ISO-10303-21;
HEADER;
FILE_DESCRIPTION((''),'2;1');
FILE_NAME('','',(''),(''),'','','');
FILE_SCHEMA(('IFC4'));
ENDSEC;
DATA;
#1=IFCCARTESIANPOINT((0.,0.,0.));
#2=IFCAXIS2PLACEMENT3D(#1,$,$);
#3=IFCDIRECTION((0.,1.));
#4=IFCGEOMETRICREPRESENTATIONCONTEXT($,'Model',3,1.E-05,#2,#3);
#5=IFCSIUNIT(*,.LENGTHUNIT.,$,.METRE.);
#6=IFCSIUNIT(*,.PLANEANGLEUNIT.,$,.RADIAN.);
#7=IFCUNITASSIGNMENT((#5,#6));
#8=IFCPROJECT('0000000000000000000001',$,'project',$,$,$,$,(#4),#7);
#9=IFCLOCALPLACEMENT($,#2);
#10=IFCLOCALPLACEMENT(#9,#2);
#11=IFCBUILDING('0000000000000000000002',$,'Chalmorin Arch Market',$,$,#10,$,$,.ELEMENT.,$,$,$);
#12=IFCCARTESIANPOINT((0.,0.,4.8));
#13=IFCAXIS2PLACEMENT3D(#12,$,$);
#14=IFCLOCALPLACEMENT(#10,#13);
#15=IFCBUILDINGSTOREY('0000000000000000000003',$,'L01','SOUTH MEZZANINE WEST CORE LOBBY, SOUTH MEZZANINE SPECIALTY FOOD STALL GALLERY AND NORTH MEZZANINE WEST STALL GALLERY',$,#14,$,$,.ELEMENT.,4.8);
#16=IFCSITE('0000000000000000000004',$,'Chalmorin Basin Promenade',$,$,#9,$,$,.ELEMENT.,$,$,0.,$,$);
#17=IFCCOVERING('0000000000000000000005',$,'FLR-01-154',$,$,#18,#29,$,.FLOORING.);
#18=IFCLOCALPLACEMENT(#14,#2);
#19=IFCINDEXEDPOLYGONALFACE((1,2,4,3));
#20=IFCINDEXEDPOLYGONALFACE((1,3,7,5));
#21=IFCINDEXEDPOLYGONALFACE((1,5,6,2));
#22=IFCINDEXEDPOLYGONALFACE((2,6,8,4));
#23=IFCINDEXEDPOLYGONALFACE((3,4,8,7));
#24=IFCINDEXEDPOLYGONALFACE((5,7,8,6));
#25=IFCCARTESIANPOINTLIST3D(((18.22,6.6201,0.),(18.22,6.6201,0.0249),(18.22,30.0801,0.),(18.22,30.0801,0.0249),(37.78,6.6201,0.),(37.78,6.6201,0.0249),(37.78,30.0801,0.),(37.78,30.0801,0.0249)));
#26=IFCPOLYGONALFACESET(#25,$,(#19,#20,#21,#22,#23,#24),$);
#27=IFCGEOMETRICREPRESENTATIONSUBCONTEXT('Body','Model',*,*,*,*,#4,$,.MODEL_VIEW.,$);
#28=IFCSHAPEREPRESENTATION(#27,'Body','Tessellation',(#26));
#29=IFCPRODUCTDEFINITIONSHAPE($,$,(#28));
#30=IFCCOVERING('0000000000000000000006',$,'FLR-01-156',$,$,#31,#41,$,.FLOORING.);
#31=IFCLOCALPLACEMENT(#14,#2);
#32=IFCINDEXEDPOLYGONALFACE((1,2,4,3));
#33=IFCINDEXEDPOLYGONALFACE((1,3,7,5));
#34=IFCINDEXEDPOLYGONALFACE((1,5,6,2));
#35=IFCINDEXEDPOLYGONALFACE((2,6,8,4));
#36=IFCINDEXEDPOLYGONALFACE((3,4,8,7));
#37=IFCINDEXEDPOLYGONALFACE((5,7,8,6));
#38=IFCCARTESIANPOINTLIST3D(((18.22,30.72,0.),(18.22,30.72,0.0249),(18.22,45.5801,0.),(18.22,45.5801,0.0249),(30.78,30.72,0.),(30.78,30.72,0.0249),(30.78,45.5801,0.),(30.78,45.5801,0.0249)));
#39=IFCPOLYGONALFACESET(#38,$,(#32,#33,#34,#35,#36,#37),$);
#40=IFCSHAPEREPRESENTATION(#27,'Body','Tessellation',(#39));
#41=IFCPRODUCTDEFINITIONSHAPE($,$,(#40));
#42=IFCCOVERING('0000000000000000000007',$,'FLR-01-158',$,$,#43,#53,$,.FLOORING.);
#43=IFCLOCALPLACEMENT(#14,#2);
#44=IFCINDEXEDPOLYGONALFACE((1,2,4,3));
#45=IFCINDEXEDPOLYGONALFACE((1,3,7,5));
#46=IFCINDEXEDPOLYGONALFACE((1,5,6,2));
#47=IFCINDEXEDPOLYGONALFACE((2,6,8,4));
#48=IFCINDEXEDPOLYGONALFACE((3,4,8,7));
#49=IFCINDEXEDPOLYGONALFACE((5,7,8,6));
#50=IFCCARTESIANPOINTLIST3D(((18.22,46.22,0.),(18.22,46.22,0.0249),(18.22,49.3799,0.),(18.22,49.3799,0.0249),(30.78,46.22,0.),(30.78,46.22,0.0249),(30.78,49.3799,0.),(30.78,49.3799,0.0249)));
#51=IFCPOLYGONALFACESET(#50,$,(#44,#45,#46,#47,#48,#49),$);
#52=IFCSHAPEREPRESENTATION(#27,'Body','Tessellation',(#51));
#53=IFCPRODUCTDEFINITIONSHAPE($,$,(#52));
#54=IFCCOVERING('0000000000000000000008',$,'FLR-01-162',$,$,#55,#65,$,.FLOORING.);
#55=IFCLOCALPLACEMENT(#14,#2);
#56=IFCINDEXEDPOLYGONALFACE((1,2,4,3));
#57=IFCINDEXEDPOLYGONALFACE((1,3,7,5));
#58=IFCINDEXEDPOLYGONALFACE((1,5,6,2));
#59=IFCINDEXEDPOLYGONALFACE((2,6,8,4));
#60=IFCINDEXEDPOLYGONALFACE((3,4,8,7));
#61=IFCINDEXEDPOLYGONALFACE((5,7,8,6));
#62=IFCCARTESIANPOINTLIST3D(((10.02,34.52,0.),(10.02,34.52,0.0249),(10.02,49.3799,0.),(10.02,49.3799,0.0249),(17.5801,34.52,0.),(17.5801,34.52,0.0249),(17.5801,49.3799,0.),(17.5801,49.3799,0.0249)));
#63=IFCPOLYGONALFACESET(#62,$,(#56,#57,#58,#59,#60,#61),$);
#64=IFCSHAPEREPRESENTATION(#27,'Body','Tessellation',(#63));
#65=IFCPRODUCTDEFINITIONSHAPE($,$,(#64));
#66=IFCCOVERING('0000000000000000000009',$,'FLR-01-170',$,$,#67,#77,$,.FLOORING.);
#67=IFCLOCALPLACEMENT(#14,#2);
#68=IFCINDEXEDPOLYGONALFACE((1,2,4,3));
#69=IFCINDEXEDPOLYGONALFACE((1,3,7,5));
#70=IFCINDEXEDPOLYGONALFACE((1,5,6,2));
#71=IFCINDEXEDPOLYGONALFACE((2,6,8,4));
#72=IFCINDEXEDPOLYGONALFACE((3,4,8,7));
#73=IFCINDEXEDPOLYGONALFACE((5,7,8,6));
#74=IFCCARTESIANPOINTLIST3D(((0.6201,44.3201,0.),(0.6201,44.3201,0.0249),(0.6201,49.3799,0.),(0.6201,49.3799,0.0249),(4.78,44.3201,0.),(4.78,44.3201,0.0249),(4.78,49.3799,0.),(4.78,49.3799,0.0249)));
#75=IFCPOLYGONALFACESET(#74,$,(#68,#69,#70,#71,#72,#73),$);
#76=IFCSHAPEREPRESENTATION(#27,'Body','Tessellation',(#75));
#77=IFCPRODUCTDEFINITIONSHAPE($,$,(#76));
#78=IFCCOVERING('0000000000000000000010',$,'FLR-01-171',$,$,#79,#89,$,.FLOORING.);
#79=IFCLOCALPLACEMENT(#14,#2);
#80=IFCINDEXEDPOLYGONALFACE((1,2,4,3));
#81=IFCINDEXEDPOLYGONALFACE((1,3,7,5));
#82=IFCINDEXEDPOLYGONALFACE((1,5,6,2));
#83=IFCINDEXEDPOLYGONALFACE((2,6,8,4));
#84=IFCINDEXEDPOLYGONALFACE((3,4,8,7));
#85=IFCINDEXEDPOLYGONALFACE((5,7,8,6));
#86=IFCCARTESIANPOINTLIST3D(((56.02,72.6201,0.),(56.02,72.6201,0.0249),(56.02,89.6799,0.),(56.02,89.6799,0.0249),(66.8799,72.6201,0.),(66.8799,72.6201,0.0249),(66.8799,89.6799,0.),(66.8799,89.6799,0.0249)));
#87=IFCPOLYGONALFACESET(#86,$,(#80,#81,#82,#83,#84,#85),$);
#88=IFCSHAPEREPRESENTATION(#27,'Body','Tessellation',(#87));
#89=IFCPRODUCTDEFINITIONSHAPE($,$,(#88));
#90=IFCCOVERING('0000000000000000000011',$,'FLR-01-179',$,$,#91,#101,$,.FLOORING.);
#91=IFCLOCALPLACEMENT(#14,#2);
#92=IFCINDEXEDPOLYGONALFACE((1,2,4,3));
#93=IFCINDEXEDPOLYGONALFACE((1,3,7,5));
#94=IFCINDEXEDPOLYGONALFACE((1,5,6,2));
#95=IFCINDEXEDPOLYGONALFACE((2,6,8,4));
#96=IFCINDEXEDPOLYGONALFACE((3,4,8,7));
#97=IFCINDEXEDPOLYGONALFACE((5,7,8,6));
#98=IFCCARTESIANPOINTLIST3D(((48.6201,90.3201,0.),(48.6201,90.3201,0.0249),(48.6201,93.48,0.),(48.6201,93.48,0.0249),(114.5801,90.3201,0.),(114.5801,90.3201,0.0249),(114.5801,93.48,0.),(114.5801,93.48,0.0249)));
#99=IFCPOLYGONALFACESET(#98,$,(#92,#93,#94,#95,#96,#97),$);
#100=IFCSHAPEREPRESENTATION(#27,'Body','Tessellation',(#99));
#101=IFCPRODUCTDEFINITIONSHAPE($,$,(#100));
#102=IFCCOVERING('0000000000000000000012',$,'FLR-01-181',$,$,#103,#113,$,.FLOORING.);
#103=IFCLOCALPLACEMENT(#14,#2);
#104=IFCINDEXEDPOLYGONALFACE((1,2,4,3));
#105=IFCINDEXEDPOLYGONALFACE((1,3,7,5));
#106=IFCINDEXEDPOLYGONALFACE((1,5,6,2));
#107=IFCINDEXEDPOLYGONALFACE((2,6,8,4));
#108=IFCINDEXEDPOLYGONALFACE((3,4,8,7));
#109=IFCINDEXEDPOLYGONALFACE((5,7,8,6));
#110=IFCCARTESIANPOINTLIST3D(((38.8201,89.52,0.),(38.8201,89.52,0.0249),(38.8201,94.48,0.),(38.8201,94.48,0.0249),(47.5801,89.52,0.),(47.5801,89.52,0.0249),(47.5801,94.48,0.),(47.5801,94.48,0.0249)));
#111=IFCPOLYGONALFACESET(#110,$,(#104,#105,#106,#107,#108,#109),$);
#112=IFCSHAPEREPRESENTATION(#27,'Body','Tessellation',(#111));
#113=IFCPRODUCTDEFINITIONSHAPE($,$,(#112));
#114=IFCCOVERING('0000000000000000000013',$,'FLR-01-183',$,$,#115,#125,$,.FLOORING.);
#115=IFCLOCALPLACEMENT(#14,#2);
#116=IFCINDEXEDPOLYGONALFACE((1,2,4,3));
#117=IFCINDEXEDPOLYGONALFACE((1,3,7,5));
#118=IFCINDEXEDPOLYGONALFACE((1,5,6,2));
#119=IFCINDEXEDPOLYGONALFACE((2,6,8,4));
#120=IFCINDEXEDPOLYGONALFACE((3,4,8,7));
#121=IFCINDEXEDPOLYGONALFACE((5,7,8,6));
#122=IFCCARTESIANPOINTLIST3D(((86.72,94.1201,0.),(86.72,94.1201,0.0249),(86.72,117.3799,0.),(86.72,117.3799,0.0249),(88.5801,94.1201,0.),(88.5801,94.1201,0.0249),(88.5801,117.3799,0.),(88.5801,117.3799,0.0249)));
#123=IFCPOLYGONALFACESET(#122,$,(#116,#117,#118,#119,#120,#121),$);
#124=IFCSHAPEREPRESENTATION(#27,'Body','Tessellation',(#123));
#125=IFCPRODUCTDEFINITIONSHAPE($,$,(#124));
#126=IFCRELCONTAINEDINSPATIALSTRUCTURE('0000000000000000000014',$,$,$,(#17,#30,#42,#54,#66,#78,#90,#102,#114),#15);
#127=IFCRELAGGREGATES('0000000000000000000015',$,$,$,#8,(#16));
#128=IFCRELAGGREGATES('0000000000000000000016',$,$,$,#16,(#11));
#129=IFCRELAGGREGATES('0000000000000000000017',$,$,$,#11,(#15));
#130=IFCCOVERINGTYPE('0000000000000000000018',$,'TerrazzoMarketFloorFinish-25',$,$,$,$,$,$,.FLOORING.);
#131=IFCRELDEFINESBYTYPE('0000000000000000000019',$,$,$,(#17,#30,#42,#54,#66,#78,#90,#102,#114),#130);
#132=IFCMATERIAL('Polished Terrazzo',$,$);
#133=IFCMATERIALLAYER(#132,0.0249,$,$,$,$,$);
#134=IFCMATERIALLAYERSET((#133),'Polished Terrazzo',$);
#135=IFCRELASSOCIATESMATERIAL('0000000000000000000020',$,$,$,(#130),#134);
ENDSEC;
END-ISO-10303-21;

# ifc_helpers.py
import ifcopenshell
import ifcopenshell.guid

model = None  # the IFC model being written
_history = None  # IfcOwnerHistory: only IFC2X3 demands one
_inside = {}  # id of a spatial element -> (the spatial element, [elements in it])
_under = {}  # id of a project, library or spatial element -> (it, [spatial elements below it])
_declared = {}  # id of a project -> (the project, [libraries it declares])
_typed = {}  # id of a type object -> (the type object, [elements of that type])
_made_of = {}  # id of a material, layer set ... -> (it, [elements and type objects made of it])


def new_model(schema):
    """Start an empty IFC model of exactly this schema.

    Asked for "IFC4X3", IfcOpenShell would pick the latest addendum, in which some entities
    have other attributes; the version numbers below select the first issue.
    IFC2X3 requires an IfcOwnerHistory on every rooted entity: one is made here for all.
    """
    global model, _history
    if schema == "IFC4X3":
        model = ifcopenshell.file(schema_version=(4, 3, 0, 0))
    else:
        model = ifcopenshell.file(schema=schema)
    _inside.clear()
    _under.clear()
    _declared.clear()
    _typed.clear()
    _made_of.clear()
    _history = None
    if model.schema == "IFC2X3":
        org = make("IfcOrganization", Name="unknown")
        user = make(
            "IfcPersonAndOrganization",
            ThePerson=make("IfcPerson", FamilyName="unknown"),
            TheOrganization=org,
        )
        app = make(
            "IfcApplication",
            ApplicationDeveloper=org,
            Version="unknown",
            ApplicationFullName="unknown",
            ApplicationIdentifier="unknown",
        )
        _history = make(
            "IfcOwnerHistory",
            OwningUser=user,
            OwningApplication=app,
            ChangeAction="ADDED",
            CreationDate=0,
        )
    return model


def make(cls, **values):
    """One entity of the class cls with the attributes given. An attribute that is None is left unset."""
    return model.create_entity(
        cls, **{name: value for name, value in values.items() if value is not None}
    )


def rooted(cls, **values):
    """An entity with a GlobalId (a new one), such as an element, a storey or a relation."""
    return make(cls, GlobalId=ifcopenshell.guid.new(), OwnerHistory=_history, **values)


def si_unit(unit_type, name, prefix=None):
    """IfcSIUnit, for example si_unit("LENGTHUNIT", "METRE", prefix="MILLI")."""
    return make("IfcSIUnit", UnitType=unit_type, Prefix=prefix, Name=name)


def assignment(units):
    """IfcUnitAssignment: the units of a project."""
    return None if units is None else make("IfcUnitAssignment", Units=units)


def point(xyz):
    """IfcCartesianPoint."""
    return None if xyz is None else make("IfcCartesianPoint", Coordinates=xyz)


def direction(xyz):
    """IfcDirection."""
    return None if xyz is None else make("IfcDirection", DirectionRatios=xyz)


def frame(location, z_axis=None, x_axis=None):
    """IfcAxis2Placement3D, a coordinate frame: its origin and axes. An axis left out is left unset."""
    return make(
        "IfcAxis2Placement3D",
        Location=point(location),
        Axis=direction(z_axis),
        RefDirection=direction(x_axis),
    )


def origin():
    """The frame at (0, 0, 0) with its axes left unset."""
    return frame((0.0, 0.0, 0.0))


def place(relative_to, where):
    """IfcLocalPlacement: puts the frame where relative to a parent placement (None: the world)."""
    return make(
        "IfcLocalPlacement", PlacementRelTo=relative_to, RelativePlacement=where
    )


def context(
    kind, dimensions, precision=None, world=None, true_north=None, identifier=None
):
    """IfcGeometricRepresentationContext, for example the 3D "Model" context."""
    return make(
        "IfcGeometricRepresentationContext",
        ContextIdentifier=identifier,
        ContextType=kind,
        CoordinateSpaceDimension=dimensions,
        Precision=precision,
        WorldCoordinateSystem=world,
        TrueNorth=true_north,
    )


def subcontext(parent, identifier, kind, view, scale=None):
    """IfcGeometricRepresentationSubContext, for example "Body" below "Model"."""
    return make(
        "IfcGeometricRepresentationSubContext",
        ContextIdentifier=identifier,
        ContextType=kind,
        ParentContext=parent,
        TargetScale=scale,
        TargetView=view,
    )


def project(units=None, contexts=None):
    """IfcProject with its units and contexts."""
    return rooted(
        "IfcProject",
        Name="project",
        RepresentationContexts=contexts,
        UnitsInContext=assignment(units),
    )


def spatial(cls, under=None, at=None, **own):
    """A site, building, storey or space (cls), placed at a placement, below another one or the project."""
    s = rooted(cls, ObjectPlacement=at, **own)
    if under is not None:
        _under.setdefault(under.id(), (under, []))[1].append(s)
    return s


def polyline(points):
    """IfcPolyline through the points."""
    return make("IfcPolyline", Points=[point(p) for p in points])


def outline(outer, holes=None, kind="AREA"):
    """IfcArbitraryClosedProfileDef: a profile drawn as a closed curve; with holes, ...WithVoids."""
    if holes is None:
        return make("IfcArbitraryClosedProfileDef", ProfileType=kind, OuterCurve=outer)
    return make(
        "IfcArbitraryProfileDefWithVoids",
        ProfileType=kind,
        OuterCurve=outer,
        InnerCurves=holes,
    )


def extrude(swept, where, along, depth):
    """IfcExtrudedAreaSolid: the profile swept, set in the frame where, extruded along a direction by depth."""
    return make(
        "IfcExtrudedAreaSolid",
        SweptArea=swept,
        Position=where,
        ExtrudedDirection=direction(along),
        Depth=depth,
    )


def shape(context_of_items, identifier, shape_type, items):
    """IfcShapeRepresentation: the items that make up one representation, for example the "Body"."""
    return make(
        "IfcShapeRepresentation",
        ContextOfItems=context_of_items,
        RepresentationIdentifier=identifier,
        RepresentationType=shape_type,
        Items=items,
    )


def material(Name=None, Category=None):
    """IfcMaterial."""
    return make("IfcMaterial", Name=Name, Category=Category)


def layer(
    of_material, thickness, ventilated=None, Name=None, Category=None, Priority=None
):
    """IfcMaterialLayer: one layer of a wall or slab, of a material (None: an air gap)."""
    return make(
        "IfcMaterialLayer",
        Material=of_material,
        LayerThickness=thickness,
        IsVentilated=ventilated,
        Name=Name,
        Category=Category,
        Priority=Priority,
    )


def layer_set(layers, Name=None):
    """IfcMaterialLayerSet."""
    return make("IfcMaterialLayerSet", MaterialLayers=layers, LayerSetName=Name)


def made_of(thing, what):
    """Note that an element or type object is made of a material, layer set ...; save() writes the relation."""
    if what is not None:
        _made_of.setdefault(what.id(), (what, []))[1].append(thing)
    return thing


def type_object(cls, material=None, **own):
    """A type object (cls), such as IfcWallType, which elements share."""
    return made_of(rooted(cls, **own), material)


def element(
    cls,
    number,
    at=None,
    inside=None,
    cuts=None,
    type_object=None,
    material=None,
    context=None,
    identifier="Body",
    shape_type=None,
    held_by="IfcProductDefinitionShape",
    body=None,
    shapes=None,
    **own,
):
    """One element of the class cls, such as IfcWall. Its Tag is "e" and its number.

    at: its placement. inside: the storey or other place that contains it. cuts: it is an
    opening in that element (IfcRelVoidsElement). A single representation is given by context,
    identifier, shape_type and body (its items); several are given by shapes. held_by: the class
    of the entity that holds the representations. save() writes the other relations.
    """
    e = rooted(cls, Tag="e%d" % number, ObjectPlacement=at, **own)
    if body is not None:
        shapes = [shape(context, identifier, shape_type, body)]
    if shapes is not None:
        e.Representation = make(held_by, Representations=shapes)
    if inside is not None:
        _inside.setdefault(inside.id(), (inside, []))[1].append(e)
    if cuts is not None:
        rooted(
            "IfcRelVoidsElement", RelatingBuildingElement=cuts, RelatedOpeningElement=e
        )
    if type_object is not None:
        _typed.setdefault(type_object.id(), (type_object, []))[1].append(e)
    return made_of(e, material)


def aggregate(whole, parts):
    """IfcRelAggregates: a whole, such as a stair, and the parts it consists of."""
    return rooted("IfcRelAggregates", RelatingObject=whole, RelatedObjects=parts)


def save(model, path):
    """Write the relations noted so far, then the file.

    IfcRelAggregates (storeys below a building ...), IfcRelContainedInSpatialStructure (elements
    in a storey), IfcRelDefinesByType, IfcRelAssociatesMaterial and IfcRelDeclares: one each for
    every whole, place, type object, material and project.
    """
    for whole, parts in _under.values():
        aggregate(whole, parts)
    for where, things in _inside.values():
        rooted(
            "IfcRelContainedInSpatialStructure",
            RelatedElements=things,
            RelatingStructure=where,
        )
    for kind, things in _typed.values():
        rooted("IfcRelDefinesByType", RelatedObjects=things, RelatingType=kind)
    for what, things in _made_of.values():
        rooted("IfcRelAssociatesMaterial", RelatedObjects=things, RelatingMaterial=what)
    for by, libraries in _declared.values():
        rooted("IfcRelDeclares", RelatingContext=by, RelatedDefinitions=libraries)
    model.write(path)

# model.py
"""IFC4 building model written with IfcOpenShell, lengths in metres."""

from ifc_helpers import new_model, si_unit, direction, frame, origin, place, context, subcontext, project, spatial, polyline, outline, extrude, material, layer, layer_set, type_object, element, save


model = new_model("IFC4")

# Units and contexts
model_context = context("Model", 3, precision=1e-05, world=origin(), true_north=direction((0.0, 1.0)))
body_context = subcontext(model_context, "Body", "Model", "MODEL_VIEW")
ifc_project = project(units=[si_unit("LENGTHUNIT", "METRE"), si_unit("PLANEANGLEUNIT", "RADIAN")], contexts=[model_context])

# Site, building, storey
site_placement = place(None, origin())
site = spatial("IfcSite", under=ifc_project, at=site_placement, Name="Chalmorin Basin Promenade", CompositionType="ELEMENT", RefElevation=0.0)
building_placement = place(site_placement, origin())
building = spatial("IfcBuilding", under=site, at=building_placement, Name="Chalmorin Arch Market", CompositionType="ELEMENT")
storey_placement = place(building_placement, frame((0.0, 0.0, 4.8)))
storey = spatial("IfcBuildingStorey", under=building, at=storey_placement, Name="L01", Description="SOUTH MEZZANINE WEST CORE LOBBY, SOUTH MEZZANINE SPECIALTY FOOD STALL GALLERY AND NORTH MEZZANINE WEST STALL GALLERY", CompositionType="ELEMENT", Elevation=4.8)

# Coverings
ifc_material_1 = material(Name="Polished Terrazzo")
ifc_layer_1 = layer(ifc_material_1, 0.0249)
ifc_layer_set_1 = layer_set([ifc_layer_1], Name="Polished Terrazzo")
covering_type_1 = type_object("IfcCoveringType", Name="TerrazzoMarketFloorFinish-25", PredefinedType="FLOORING", material=ifc_layer_set_1)
covering_1_placement = place(storey_placement, origin())
element("IfcCovering", 1, at=covering_1_placement, inside=storey, type_object=covering_type_1, Name="FLR-01-154", PredefinedType="FLOORING", context=body_context, shape_type="SweptSolid", body=[
    extrude(outline(polyline([(18.22, 6.6201), (37.78, 6.6201), (37.78, 30.0801), (18.22, 30.0801), (18.22, 6.6201)])), origin(), (0.0, 0.0, 1.0), 0.0249),
])
covering_2_placement = place(storey_placement, origin())
element("IfcCovering", 2, at=covering_2_placement, inside=storey, type_object=covering_type_1, Name="FLR-01-156", PredefinedType="FLOORING", context=body_context, shape_type="SweptSolid", body=[
    extrude(outline(polyline([(18.22, 30.72), (30.78, 30.72), (30.78, 45.5801), (18.22, 45.5801), (18.22, 30.72)])), origin(), (0.0, 0.0, 1.0), 0.0249),
])
covering_3_placement = place(storey_placement, origin())
element("IfcCovering", 3, at=covering_3_placement, inside=storey, type_object=covering_type_1, Name="FLR-01-158", PredefinedType="FLOORING", context=body_context, shape_type="SweptSolid", body=[
    extrude(outline(polyline([(18.22, 46.22), (30.78, 46.22), (30.78, 49.3799), (18.22, 49.3799), (18.22, 46.22)])), origin(), (0.0, 0.0, 1.0), 0.0249),
])
covering_4_placement = place(storey_placement, origin())
element("IfcCovering", 4, at=covering_4_placement, inside=storey, type_object=covering_type_1, Name="FLR-01-162", PredefinedType="FLOORING", context=body_context, shape_type="SweptSolid", body=[
    extrude(outline(polyline([(10.02, 34.52), (17.5801, 34.52), (17.5801, 49.3799), (10.02, 49.3799), (10.02, 34.52)])), origin(), (0.0, 0.0, 1.0), 0.0249),
])
covering_5_placement = place(storey_placement, origin())
element("IfcCovering", 5, at=covering_5_placement, inside=storey, type_object=covering_type_1, Name="FLR-01-170", PredefinedType="FLOORING", context=body_context, shape_type="SweptSolid", body=[
    extrude(outline(polyline([(0.6201, 44.3201), (4.78, 44.3201), (4.78, 49.3799), (0.6201, 49.3799), (0.6201, 44.3201)])), origin(), (0.0, 0.0, 1.0), 0.0249),
])
covering_6_placement = place(storey_placement, origin())
element("IfcCovering", 6, at=covering_6_placement, inside=storey, type_object=covering_type_1, Name="FLR-01-171", PredefinedType="FLOORING", context=body_context, shape_type="SweptSolid", body=[
    extrude(outline(polyline([(56.02, 72.6201), (66.8799, 72.6201), (66.8799, 89.6799), (56.02, 89.6799), (56.02, 72.6201)])), origin(), (0.0, 0.0, 1.0), 0.0249),
])
covering_7_placement = place(storey_placement, origin())
element("IfcCovering", 7, at=covering_7_placement, inside=storey, type_object=covering_type_1, Name="FLR-01-179", PredefinedType="FLOORING", context=body_context, shape_type="SweptSolid", body=[
    extrude(outline(polyline([(48.6201, 90.3201), (114.5801, 90.3201), (114.5801, 93.48), (48.6201, 93.48), (48.6201, 90.3201)])), origin(), (0.0, 0.0, 1.0), 0.0249),
])
covering_8_placement = place(storey_placement, origin())
element("IfcCovering", 8, at=covering_8_placement, inside=storey, type_object=covering_type_1, Name="FLR-01-181", PredefinedType="FLOORING", context=body_context, shape_type="SweptSolid", body=[
    extrude(outline(polyline([(38.8201, 89.52), (47.5801, 89.52), (47.5801, 94.48), (38.8201, 94.48), (38.8201, 89.52)])), origin(), (0.0, 0.0, 1.0), 0.0249),
])
covering_9_placement = place(storey_placement, origin())
element("IfcCovering", 9, at=covering_9_placement, inside=storey, type_object=covering_type_1, Name="FLR-01-183", PredefinedType="FLOORING", context=body_context, shape_type="SweptSolid", body=[
    extrude(outline(polyline([(86.72, 94.1201), (88.5801, 94.1201), (88.5801, 117.3799), (86.72, 117.3799), (86.72, 94.1201)])), origin(), (0.0, 0.0, 1.0), 0.0249),
])

save(model, "model.ifc")
